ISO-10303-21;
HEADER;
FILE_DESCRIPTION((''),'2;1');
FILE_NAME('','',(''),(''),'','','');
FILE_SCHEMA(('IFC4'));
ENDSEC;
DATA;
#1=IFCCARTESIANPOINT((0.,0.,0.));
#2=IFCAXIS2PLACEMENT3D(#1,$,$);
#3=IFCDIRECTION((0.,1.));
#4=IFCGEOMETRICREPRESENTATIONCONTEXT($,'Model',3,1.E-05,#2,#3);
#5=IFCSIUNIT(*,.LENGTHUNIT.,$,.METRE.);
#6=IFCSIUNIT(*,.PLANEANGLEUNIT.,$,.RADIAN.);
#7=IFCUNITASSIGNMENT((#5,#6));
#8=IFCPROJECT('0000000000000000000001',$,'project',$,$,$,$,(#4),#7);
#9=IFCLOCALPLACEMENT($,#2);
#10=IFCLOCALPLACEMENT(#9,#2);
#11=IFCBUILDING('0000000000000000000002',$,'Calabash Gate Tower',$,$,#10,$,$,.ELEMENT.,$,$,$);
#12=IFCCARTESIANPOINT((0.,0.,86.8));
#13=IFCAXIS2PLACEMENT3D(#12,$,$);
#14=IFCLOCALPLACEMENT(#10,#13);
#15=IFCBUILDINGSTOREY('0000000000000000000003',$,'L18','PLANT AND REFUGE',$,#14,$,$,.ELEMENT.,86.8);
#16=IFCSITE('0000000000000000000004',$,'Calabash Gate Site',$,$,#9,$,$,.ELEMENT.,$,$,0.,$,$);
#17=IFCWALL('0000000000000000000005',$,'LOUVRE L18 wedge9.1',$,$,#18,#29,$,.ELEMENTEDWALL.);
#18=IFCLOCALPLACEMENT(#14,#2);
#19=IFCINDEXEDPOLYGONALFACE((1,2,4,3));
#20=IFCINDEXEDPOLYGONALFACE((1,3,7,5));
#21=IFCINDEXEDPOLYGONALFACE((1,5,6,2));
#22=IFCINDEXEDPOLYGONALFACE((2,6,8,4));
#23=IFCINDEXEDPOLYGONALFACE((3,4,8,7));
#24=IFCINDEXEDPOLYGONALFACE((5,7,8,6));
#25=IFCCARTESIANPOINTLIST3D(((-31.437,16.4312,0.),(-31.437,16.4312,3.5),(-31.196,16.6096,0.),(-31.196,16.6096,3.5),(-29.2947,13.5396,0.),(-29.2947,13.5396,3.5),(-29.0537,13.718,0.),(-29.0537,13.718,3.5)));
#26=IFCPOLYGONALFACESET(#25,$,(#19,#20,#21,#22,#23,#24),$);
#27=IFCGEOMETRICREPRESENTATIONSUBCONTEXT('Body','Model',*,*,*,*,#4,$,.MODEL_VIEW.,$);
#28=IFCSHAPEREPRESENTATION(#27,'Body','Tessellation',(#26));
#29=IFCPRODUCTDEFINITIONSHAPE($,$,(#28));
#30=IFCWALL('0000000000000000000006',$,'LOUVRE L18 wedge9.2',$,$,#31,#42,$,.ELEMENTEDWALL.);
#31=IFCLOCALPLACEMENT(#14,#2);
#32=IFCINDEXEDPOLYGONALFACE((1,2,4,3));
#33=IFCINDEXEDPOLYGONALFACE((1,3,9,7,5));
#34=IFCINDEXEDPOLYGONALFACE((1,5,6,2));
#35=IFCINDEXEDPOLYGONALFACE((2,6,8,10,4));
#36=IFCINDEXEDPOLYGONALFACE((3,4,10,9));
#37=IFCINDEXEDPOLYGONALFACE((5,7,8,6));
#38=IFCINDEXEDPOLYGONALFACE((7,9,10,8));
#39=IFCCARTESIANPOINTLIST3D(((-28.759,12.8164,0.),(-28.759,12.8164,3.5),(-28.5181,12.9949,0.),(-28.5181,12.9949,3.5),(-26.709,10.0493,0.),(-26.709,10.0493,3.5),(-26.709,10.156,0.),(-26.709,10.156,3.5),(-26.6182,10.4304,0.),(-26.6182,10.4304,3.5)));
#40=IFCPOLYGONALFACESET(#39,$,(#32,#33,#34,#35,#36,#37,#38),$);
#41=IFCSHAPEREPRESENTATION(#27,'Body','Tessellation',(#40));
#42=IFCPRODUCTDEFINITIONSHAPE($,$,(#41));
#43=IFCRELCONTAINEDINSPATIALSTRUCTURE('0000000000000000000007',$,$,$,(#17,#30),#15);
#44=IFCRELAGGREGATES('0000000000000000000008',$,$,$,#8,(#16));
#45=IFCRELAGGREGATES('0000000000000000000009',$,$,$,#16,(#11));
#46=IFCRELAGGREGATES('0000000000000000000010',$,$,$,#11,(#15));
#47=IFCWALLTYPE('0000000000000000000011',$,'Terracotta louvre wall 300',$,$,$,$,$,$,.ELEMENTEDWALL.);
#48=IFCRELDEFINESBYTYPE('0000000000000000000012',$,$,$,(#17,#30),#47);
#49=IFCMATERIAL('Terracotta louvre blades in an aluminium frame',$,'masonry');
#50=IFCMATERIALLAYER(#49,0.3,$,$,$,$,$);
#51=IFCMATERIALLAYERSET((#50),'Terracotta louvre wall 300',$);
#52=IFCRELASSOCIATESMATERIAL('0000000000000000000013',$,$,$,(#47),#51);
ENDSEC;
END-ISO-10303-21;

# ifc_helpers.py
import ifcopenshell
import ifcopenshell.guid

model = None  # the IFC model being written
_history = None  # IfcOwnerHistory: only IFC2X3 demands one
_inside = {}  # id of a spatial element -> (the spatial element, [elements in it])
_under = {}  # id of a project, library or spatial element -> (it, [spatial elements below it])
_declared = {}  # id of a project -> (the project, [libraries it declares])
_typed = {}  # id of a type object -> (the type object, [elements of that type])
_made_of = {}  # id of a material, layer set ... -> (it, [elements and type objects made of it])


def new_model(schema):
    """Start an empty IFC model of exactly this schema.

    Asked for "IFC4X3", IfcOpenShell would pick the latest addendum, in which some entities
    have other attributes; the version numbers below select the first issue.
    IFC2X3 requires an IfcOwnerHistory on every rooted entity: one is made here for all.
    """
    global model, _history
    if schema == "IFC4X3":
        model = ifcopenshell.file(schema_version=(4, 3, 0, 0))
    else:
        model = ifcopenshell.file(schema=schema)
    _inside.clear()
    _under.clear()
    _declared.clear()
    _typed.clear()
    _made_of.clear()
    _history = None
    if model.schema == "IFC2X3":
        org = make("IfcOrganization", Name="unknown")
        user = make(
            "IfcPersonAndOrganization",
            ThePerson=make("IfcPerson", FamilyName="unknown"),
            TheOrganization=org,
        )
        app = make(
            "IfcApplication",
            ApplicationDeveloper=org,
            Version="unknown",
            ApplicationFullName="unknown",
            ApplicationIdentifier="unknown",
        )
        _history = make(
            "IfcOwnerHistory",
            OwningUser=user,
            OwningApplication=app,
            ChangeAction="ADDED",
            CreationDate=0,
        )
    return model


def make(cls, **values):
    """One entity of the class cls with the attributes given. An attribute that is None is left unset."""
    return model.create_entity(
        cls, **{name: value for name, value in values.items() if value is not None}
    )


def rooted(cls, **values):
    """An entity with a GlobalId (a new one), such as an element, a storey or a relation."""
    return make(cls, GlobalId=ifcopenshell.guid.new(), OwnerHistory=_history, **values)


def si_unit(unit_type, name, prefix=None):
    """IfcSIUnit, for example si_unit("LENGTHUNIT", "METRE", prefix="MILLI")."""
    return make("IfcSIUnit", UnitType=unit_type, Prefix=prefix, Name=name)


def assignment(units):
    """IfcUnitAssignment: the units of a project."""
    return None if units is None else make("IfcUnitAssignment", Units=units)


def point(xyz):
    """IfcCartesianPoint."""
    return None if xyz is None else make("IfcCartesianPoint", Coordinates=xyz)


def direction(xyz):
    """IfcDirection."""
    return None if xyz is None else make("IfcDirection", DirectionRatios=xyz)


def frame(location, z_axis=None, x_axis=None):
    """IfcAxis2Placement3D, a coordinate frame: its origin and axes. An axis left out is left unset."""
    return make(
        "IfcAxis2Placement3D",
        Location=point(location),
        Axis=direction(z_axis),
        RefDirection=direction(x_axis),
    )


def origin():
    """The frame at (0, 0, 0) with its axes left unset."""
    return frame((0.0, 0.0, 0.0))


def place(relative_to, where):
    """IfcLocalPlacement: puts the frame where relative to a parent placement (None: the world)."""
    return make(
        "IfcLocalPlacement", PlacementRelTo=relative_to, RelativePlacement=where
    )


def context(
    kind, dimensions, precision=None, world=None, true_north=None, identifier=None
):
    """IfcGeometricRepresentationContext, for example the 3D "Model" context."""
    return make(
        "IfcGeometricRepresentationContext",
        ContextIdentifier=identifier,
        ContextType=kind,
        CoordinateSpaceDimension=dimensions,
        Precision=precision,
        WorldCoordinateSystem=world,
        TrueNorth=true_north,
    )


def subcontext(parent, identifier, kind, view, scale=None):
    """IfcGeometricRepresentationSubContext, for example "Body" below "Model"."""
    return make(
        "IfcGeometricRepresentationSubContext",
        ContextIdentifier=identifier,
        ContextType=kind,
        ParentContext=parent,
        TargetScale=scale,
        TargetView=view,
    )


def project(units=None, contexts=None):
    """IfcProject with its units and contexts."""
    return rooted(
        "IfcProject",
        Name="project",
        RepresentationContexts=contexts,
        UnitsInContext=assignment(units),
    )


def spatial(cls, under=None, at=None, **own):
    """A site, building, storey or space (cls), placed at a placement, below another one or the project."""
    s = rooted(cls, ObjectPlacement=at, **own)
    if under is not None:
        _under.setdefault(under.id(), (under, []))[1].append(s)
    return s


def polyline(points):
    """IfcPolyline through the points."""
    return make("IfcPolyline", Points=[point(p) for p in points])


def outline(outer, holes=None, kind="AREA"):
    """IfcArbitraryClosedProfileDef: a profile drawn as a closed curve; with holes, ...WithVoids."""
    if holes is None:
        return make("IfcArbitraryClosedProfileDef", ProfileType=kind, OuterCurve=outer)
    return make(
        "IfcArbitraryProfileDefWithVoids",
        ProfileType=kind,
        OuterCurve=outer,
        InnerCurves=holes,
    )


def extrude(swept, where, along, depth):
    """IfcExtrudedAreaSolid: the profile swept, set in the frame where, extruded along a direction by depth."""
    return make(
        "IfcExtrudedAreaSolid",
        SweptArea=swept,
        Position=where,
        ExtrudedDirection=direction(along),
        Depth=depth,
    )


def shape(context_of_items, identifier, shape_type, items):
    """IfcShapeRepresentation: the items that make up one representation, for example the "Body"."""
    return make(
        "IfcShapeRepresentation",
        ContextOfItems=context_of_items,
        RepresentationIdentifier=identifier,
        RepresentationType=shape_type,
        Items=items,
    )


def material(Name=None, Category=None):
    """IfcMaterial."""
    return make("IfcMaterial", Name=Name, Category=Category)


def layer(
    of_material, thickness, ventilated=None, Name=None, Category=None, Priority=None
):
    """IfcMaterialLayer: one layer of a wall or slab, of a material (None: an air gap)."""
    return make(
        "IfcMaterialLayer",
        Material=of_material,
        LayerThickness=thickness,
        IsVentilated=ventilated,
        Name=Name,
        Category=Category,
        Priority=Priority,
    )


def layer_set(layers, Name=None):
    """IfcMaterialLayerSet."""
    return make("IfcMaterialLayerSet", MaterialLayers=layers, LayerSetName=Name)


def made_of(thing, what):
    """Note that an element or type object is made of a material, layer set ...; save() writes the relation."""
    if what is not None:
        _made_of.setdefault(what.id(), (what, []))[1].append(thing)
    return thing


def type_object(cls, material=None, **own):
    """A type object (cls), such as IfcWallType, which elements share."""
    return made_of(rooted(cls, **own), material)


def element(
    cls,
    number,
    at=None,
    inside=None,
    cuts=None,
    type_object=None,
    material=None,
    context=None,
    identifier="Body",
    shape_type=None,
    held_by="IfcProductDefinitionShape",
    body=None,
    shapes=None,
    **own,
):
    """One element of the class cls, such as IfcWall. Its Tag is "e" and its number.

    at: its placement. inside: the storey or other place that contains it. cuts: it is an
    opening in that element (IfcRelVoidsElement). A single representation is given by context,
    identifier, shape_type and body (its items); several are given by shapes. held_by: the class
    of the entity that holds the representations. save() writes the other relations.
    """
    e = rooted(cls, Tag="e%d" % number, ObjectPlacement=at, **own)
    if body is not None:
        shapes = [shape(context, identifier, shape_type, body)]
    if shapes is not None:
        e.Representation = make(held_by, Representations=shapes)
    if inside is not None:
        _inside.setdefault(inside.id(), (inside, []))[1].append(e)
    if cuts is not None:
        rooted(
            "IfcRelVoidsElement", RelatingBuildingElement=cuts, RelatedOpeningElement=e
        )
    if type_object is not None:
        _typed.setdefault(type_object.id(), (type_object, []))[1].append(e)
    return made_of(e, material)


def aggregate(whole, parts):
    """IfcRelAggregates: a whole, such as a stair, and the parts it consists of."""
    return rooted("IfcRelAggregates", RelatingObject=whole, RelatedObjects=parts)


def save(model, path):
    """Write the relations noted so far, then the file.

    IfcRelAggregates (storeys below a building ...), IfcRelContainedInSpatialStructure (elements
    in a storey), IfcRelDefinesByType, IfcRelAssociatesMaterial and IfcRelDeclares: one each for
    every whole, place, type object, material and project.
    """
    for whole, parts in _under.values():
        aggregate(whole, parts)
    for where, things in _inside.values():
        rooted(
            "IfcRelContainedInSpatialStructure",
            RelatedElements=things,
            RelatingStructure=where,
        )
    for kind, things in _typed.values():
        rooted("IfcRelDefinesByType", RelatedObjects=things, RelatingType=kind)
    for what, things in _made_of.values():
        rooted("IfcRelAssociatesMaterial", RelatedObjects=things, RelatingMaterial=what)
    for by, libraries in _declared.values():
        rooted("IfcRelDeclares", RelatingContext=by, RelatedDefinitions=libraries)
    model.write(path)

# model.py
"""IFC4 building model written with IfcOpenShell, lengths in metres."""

from ifc_helpers import new_model, si_unit, direction, frame, origin, place, context, subcontext, project, spatial, polyline, outline, extrude, material, layer, layer_set, type_object, element, save


model = new_model("IFC4")

# Units and contexts
model_context = context("Model", 3, precision=1e-05, world=origin(), true_north=direction((0.0, 1.0)))
body_context = subcontext(model_context, "Body", "Model", "MODEL_VIEW")
ifc_project = project(units=[si_unit("LENGTHUNIT", "METRE"), si_unit("PLANEANGLEUNIT", "RADIAN")], contexts=[model_context])

# Site, building, storey
site_placement = place(None, origin())
site = spatial("IfcSite", under=ifc_project, at=site_placement, Name="Calabash Gate Site", CompositionType="ELEMENT", RefElevation=0.0)
building_placement = place(site_placement, origin())
building = spatial("IfcBuilding", under=site, at=building_placement, Name="Calabash Gate Tower", CompositionType="ELEMENT")
storey_placement = place(building_placement, frame((0.0, 0.0, 86.8)))
storey = spatial("IfcBuildingStorey", under=building, at=storey_placement, Name="L18", Description="PLANT AND REFUGE", CompositionType="ELEMENT", Elevation=86.8)

# Walls
ifc_material_1 = material(Name="Terracotta louvre blades in an aluminium frame", Category="masonry")
ifc_layer_1 = layer(ifc_material_1, 0.3)
ifc_layer_set_1 = layer_set([ifc_layer_1], Name="Terracotta louvre wall 300")
wall_type_1 = type_object("IfcWallType", Name="Terracotta louvre wall 300", PredefinedType="ELEMENTEDWALL", material=ifc_layer_set_1)
wall_1_placement = place(storey_placement, origin())
element("IfcWall", 1, at=wall_1_placement, inside=storey, type_object=wall_type_1, Name="LOUVRE L18 wedge9.1", PredefinedType="ELEMENTEDWALL", context=body_context, shape_type="SweptSolid", body=[
    extrude(outline(polyline([(-29.0537, 13.718), (-31.196, 16.6096), (-31.437, 16.4312), (-29.2947, 13.5396), (-29.0537, 13.718)])), origin(), (0.0, 0.0, 1.0), 3.5),
])
wall_2_placement = place(storey_placement, origin())
element("IfcWall", 2, at=wall_2_placement, inside=storey, type_object=wall_type_1, Name="LOUVRE L18 wedge9.2", PredefinedType="ELEMENTEDWALL", context=body_context, shape_type="SweptSolid", body=[
    extrude(outline(polyline([(-28.759, 12.8164), (-26.709, 10.0493), (-26.709, 10.156), (-26.6182, 10.4304), (-28.5181, 12.9949), (-28.759, 12.8164)])), origin(), (0.0, 0.0, 1.0), 3.5),
])

save(model, "model.ifc")
